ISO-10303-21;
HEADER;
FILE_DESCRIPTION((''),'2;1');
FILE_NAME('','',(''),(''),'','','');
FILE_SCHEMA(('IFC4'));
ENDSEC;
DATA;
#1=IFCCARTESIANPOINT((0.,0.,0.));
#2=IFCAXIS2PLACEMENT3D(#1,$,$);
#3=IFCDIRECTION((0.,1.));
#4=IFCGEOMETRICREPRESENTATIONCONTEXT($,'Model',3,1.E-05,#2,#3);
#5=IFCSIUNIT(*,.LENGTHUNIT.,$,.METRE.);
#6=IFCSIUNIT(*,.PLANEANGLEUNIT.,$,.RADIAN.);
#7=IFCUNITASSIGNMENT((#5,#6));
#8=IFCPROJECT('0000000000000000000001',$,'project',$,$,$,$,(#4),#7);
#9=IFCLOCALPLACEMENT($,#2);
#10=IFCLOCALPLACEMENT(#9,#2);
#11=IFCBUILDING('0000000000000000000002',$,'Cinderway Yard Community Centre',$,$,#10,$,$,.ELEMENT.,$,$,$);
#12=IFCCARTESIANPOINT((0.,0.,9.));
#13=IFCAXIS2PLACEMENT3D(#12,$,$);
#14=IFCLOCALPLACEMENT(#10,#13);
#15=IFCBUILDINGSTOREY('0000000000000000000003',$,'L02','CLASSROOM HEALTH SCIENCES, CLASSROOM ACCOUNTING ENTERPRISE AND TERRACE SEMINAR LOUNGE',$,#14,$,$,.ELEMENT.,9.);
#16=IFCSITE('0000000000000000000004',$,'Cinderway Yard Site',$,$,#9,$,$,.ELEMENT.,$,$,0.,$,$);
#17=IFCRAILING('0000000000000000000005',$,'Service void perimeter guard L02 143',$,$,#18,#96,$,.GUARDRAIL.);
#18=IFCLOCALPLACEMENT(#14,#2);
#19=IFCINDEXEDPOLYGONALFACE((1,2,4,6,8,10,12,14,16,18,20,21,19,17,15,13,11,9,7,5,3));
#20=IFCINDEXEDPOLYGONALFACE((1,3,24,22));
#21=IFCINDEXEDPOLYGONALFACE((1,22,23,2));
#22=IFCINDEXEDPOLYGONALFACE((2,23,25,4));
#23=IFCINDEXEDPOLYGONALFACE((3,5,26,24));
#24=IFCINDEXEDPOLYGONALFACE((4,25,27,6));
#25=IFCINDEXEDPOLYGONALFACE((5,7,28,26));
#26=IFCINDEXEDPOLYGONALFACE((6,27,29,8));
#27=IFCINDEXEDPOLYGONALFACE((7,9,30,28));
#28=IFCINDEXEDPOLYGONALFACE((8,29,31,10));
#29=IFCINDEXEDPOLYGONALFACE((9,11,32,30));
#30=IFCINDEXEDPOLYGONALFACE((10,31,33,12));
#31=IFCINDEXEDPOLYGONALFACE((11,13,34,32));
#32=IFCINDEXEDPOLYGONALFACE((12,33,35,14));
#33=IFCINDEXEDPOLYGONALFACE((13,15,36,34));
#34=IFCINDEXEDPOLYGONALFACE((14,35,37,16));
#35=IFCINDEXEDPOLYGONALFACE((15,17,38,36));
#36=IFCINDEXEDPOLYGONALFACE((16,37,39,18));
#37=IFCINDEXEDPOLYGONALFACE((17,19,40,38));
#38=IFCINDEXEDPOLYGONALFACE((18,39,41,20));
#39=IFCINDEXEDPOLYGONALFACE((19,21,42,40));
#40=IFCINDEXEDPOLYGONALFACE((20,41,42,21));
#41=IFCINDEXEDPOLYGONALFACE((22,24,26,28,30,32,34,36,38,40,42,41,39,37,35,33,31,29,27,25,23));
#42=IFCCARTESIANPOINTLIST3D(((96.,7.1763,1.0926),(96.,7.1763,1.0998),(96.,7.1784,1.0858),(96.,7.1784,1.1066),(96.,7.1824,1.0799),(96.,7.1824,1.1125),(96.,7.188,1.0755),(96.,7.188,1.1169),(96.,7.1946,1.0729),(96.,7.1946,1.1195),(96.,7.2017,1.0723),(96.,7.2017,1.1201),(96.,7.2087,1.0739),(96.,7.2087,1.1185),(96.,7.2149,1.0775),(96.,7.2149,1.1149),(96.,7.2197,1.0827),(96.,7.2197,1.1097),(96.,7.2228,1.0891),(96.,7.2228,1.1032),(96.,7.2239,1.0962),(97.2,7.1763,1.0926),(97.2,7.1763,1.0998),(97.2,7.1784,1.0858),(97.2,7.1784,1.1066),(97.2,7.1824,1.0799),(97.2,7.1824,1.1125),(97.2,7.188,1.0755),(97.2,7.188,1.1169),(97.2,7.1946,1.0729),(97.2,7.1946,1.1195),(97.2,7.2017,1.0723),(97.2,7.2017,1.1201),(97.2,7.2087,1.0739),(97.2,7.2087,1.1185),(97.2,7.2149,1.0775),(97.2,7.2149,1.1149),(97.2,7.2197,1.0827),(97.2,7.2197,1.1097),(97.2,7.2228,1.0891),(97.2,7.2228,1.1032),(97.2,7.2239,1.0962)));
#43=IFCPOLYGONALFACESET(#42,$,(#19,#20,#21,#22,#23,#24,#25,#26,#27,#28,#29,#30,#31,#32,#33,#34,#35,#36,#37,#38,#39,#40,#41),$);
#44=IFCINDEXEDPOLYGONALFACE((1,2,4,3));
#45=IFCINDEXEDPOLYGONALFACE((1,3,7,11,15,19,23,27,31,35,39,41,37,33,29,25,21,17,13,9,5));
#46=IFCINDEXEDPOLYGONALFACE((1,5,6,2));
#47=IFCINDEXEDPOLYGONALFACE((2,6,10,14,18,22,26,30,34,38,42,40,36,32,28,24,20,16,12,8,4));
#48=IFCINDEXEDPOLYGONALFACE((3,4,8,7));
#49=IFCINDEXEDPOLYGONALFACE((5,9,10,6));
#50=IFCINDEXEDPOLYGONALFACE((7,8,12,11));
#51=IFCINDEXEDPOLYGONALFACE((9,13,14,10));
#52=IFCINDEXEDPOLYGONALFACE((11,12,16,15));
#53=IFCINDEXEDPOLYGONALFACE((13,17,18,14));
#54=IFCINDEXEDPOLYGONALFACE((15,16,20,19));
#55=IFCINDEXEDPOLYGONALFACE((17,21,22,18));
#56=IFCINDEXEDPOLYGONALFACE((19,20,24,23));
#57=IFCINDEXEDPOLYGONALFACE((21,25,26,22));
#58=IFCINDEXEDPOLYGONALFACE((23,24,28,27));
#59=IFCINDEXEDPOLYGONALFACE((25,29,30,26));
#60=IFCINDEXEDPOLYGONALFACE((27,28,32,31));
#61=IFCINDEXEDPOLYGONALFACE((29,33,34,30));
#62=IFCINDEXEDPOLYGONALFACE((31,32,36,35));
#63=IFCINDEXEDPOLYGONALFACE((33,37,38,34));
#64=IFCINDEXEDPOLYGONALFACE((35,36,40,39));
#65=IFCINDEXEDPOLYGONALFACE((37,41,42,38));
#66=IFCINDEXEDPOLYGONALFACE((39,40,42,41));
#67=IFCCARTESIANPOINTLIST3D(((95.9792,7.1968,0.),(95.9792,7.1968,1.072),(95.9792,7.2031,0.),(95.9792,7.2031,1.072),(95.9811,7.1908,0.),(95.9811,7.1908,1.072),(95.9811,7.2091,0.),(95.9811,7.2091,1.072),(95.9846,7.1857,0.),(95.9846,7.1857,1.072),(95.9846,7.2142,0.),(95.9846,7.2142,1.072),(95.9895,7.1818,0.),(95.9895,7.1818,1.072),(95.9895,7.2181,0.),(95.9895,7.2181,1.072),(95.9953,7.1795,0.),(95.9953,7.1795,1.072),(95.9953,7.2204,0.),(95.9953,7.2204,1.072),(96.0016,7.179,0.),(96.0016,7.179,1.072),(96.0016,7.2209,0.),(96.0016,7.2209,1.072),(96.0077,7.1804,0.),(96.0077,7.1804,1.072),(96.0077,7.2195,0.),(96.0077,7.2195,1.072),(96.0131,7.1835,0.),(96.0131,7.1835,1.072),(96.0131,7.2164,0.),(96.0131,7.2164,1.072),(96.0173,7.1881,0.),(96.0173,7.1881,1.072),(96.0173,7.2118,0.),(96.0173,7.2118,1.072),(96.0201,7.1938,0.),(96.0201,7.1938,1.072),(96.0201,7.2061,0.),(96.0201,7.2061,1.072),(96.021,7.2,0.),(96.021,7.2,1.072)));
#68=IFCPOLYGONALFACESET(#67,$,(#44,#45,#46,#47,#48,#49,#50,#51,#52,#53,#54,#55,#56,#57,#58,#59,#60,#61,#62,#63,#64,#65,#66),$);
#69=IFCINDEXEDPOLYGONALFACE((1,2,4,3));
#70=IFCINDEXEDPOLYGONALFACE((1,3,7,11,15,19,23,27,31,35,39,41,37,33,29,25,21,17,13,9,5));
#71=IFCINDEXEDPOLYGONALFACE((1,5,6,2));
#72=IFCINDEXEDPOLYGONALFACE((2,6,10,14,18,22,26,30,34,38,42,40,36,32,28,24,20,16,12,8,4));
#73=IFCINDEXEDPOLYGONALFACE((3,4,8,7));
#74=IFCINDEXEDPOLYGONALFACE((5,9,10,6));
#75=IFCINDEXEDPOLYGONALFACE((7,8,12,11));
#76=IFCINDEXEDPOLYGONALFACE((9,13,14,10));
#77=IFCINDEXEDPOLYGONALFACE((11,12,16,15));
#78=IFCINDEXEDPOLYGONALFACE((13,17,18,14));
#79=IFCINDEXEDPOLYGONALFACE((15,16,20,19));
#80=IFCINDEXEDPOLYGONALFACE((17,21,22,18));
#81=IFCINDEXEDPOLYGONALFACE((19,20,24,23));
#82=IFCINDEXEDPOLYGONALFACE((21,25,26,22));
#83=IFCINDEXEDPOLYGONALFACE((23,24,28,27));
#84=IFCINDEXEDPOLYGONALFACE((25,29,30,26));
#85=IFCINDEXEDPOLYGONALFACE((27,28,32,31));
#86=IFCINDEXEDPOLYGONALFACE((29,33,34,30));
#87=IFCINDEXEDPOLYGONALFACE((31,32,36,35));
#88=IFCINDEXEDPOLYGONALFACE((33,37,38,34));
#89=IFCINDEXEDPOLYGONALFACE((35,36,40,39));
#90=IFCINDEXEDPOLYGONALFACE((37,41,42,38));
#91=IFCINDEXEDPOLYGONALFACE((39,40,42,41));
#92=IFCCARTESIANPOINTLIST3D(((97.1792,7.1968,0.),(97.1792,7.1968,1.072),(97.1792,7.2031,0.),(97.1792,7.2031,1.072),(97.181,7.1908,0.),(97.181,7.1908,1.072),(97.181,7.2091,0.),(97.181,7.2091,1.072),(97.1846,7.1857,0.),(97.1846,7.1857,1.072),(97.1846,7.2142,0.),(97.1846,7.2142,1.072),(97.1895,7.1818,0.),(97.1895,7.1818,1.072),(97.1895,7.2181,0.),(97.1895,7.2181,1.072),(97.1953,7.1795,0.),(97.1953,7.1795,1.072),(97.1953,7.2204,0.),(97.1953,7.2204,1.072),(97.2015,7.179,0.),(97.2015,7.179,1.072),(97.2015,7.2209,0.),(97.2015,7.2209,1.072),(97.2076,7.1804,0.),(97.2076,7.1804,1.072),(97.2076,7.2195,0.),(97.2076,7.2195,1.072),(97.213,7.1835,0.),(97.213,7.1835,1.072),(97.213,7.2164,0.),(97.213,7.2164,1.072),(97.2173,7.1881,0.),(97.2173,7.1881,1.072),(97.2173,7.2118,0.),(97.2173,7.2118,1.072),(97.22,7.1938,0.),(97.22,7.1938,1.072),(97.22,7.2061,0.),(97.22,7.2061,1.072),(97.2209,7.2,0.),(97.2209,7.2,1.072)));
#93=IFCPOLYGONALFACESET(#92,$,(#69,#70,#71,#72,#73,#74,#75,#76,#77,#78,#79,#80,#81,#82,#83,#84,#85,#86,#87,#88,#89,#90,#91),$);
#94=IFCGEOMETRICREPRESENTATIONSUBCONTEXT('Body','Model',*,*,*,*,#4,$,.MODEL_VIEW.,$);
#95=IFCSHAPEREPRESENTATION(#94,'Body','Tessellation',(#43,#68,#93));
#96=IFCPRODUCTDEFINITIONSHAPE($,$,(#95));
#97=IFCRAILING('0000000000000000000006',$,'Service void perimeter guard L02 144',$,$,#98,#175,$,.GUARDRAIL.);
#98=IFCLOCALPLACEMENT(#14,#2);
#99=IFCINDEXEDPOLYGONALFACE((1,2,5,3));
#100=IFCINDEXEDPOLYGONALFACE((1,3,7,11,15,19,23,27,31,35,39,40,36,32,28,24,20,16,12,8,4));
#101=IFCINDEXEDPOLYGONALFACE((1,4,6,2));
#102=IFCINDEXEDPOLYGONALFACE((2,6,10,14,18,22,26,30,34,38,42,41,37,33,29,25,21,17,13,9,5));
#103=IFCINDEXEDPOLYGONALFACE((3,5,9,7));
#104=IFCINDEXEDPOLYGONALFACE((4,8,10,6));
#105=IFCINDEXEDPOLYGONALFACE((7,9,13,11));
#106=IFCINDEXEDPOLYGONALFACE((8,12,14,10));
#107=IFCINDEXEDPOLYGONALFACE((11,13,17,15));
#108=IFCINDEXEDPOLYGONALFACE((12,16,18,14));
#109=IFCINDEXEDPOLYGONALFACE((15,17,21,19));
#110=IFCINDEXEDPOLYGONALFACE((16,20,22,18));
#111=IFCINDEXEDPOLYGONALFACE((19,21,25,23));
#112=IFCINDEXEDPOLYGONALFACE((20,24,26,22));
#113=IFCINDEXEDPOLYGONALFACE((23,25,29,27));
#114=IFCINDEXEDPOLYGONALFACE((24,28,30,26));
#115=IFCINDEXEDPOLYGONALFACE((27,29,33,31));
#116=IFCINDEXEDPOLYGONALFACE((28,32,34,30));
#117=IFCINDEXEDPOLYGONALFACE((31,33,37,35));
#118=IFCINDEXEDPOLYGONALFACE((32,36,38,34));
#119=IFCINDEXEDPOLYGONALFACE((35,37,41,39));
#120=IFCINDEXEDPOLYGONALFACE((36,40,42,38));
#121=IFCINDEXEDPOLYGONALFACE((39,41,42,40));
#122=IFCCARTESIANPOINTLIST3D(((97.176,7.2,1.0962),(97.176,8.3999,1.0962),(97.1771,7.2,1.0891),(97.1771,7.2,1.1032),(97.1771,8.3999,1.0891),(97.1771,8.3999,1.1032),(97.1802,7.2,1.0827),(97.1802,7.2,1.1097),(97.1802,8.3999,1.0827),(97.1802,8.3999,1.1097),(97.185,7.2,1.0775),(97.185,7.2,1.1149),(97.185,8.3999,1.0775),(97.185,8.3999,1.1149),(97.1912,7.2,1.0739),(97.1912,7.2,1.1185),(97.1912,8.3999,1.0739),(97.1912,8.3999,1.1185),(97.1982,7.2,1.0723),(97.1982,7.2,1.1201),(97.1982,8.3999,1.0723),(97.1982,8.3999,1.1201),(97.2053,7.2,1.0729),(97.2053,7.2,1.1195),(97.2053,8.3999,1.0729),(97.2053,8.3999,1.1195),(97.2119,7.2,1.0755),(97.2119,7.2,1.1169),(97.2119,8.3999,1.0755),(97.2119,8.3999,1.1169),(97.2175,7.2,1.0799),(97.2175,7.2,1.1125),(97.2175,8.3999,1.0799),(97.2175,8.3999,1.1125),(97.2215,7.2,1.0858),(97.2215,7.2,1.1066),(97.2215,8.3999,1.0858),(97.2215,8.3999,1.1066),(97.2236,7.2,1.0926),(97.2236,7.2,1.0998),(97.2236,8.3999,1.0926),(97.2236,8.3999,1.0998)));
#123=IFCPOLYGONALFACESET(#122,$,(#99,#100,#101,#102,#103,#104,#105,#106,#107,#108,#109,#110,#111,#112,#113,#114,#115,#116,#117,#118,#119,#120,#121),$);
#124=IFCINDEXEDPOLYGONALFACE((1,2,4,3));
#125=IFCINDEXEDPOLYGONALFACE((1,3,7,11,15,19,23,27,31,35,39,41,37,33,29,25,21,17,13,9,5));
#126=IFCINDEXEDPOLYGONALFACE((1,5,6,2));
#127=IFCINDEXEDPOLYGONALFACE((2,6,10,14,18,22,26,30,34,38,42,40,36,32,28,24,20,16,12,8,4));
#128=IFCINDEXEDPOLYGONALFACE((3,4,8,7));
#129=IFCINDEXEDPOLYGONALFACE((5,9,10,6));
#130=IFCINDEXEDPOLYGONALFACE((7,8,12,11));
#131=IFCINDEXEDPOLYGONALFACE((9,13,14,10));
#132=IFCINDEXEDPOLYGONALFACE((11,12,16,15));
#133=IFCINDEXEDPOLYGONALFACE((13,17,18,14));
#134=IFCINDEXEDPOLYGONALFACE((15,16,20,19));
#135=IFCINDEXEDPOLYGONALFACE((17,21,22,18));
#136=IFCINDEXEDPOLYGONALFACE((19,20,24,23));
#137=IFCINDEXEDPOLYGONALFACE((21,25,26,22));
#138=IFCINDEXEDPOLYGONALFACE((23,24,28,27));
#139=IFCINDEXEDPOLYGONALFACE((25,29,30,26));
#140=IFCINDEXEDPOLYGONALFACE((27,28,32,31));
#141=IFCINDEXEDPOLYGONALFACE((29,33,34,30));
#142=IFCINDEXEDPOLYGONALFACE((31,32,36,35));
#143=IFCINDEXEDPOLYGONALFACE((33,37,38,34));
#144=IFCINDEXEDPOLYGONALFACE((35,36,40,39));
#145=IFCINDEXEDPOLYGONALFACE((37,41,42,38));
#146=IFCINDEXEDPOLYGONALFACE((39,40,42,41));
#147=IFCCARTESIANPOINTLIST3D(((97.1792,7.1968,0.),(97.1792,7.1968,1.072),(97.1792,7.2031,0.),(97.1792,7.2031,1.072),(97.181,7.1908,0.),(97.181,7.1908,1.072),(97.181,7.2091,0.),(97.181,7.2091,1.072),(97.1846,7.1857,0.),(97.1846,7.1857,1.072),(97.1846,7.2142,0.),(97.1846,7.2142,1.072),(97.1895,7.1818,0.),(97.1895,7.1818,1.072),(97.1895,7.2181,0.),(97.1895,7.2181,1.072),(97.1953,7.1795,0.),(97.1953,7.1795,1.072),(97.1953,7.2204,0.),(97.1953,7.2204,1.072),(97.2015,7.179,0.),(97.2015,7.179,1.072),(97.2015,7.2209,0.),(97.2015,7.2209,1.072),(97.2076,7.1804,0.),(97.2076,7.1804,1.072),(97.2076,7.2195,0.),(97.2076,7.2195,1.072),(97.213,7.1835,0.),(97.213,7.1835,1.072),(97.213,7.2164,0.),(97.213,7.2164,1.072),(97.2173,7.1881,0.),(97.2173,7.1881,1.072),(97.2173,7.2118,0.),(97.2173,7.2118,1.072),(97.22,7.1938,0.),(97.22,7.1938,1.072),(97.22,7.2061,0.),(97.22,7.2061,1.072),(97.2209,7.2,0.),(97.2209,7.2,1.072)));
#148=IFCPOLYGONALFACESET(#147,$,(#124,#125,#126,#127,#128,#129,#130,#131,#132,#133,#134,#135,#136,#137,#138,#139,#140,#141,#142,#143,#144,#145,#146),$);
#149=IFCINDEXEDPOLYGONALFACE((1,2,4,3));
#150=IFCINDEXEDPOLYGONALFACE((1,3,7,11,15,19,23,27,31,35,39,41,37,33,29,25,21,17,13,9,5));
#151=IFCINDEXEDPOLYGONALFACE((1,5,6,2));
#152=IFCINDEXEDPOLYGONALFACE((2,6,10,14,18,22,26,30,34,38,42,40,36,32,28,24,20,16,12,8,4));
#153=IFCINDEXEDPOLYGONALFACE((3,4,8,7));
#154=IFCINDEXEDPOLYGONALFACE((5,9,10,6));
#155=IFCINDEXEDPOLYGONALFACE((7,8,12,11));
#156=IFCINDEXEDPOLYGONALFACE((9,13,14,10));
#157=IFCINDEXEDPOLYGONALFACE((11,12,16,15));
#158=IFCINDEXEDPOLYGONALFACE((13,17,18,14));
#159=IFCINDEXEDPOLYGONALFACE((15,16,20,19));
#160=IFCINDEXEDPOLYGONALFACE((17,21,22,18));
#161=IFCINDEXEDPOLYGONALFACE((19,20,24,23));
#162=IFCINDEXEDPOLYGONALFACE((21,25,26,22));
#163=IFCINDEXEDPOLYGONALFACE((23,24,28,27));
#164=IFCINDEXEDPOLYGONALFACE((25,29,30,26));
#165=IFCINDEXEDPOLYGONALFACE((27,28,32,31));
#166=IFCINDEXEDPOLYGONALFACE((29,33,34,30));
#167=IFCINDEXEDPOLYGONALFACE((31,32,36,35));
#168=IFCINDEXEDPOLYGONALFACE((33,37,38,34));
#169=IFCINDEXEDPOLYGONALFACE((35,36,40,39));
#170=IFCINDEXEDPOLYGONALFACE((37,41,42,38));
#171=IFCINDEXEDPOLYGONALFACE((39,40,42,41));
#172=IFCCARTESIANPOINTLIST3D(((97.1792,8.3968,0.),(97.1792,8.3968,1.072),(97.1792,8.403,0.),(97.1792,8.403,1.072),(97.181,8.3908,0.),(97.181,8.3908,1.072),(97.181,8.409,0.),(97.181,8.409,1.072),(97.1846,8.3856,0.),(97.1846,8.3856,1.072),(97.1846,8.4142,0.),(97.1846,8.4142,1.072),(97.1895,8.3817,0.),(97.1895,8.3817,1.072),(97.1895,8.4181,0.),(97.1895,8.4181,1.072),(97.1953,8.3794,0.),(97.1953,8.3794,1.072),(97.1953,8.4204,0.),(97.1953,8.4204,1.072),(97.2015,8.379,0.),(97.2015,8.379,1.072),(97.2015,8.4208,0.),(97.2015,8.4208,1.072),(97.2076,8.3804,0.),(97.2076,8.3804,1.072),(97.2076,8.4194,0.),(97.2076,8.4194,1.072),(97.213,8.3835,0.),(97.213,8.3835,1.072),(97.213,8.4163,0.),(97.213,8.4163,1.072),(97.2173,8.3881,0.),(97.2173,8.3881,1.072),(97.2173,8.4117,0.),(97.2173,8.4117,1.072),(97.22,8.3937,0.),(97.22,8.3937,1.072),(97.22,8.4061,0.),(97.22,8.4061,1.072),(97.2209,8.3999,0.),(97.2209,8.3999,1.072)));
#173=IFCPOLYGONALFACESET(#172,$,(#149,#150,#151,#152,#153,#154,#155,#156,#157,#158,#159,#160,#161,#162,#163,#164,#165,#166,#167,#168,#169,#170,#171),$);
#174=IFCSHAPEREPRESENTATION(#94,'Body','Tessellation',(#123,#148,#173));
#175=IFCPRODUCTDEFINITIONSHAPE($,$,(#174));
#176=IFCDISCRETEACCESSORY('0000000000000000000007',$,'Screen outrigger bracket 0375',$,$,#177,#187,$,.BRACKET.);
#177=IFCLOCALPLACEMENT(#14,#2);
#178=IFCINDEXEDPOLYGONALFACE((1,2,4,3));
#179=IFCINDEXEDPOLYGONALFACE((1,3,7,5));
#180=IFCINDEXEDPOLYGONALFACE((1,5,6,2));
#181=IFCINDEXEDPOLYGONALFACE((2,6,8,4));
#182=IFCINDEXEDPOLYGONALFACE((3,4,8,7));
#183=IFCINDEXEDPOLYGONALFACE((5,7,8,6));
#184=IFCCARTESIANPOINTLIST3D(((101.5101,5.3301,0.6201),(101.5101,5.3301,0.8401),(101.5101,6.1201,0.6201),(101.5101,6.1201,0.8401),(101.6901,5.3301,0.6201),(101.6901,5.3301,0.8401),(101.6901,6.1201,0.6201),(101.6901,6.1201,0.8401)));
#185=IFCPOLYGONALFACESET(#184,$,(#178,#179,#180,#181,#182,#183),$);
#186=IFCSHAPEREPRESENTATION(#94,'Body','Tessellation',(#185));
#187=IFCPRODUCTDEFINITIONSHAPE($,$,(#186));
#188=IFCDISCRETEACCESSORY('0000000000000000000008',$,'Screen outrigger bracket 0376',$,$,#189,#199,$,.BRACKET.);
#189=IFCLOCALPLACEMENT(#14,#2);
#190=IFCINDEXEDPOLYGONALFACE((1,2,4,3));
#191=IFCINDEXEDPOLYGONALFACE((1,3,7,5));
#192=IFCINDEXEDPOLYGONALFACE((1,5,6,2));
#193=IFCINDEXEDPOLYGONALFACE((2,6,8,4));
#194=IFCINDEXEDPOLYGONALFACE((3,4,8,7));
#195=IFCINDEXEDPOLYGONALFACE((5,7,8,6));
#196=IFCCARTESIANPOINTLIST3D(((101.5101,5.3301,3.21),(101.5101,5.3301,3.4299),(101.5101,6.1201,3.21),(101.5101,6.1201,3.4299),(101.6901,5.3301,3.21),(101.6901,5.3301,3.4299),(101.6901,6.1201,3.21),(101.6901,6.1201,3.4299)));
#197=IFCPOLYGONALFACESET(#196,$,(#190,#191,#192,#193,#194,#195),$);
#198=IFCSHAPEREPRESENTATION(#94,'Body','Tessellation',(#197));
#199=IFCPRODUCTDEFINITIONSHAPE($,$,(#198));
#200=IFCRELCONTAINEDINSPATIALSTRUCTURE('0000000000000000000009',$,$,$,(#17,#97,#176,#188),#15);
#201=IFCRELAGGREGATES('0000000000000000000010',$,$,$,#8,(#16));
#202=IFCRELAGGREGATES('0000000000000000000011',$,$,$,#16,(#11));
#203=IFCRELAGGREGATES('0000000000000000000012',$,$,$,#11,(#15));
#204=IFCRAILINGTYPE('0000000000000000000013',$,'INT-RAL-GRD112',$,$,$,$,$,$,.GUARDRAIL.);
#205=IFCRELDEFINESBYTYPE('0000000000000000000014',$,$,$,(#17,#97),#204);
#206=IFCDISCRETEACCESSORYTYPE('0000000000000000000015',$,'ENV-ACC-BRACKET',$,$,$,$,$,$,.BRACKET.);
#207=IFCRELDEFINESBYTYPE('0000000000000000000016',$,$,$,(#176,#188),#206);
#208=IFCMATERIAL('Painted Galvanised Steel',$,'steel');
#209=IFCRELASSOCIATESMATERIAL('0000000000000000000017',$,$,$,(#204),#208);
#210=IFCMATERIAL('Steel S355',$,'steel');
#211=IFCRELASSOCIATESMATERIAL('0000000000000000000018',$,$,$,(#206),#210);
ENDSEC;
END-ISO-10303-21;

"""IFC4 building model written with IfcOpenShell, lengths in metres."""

from ifc_helpers import new_model, si_unit, direction, frame, origin, origin_2d, place, context, subcontext, project, spatial, rectangle, circle, extrude, material, type_object, element, save


model = new_model("IFC4")

# Units and contexts
model_context = context("Model", 3, precision=1e-05, world=origin(), true_north=direction((0.0, 1.0)))
body_context = subcontext(model_context, "Body", "Model", "MODEL_VIEW")
ifc_project = project(units=[si_unit("LENGTHUNIT", "METRE"), si_unit("PLANEANGLEUNIT", "RADIAN")], contexts=[model_context])

# Site, building, storey
site_placement = place(None, origin())
site = spatial("IfcSite", under=ifc_project, at=site_placement, Name="Cinderway Yard Site", CompositionType="ELEMENT", RefElevation=0.0)
building_placement = place(site_placement, origin())
building = spatial("IfcBuilding", under=site, at=building_placement, Name="Cinderway Yard Community Centre", CompositionType="ELEMENT")
storey_placement = place(building_placement, frame((0.0, 0.0, 9.0)))
storey = spatial("IfcBuildingStorey", under=building, at=storey_placement, Name="L02", Description="CLASSROOM HEALTH SCIENCES, CLASSROOM ACCOUNTING ENTERPRISE AND TERRACE SEMINAR LOUNGE", CompositionType="ELEMENT", Elevation=9.0)

# Shared definitions
ifc_material_1 = material(Name="Steel S355", Category="steel")

# Railings
ifc_material_2 = material(Name="Painted Galvanised Steel", Category="steel")
railing_type = type_object("IfcRailingType", Name="INT-RAL-GRD112", PredefinedType="GUARDRAIL", material=ifc_material_2)
railing_1_placement = place(storey_placement, frame((96.0, 7.2, 0.0)))
element("IfcRailing", 1, at=railing_1_placement, inside=storey, type_object=railing_type, Name="Service void perimeter guard L02 143", PredefinedType="GUARDRAIL", context=body_context, shape_type="SweptSolid", body=[
    extrude(circle(Radius=0.0239, at=origin_2d()), frame((0.0, 0.0, 1.0962), z_axis=(1.0, 0.0, 0.0), x_axis=(0.0, 1.0, 0.0)), (0.0, 0.0, 1.0), 1.2),
    extrude(circle(Radius=0.021, at=origin_2d()), origin(), (0.0, 0.0, 1.0), 1.072),
    extrude(circle(Radius=0.021, at=origin_2d()), frame((1.2, 0.0, 0.0)), (0.0, 0.0, 1.0), 1.072),
])
railing_2_placement = place(storey_placement, frame((97.2, 7.2, 0.0)))
element("IfcRailing", 2, at=railing_2_placement, inside=storey, type_object=railing_type, Name="Service void perimeter guard L02 144", PredefinedType="GUARDRAIL", context=body_context, shape_type="SweptSolid", body=[
    extrude(circle(Radius=0.0239, at=origin_2d()), frame((0.0, 0.0, 1.0962), z_axis=(0.0, 1.0, 0.0), x_axis=(-1.0, 0.0, 0.0)), (0.0, 0.0, 1.0), 1.2),
    extrude(circle(Radius=0.021, at=origin_2d()), origin(), (0.0, 0.0, 1.0), 1.072),
    extrude(circle(Radius=0.021, at=origin_2d()), frame((0.0, 1.2, 0.0)), (0.0, 0.0, 1.0), 1.072),
])

# Discrete accessories
discrete_accessory_type = type_object("IfcDiscreteAccessoryType", Name="ENV-ACC-BRACKET", PredefinedType="BRACKET", material=ifc_material_1)
for number, where, z_axis, x_axis, name in (
    (3, (101.6001, 5.7251, 0.6201), (0.0, 0.0, 1.0), (0.0, -1.0, 0.0), "Screen outrigger bracket 0375"),
    (4, (101.6001, 5.7251, 3.21), (0.0, 0.0, 1.0), (0.0, -1.0, 0.0), "Screen outrigger bracket 0376"),
):
    element("IfcDiscreteAccessory", number, at=place(storey_placement, frame(where, z_axis=z_axis, x_axis=x_axis)), inside=storey, type_object=discrete_accessory_type, Name=name, PredefinedType="BRACKET", context=body_context, shape_type="SweptSolid", body=[
        extrude(rectangle(XDim=0.79, YDim=0.1799, at=origin_2d()), origin(), (0.0, 0.0, 1.0), 0.22),
    ])

save(model, "model.ifc")
